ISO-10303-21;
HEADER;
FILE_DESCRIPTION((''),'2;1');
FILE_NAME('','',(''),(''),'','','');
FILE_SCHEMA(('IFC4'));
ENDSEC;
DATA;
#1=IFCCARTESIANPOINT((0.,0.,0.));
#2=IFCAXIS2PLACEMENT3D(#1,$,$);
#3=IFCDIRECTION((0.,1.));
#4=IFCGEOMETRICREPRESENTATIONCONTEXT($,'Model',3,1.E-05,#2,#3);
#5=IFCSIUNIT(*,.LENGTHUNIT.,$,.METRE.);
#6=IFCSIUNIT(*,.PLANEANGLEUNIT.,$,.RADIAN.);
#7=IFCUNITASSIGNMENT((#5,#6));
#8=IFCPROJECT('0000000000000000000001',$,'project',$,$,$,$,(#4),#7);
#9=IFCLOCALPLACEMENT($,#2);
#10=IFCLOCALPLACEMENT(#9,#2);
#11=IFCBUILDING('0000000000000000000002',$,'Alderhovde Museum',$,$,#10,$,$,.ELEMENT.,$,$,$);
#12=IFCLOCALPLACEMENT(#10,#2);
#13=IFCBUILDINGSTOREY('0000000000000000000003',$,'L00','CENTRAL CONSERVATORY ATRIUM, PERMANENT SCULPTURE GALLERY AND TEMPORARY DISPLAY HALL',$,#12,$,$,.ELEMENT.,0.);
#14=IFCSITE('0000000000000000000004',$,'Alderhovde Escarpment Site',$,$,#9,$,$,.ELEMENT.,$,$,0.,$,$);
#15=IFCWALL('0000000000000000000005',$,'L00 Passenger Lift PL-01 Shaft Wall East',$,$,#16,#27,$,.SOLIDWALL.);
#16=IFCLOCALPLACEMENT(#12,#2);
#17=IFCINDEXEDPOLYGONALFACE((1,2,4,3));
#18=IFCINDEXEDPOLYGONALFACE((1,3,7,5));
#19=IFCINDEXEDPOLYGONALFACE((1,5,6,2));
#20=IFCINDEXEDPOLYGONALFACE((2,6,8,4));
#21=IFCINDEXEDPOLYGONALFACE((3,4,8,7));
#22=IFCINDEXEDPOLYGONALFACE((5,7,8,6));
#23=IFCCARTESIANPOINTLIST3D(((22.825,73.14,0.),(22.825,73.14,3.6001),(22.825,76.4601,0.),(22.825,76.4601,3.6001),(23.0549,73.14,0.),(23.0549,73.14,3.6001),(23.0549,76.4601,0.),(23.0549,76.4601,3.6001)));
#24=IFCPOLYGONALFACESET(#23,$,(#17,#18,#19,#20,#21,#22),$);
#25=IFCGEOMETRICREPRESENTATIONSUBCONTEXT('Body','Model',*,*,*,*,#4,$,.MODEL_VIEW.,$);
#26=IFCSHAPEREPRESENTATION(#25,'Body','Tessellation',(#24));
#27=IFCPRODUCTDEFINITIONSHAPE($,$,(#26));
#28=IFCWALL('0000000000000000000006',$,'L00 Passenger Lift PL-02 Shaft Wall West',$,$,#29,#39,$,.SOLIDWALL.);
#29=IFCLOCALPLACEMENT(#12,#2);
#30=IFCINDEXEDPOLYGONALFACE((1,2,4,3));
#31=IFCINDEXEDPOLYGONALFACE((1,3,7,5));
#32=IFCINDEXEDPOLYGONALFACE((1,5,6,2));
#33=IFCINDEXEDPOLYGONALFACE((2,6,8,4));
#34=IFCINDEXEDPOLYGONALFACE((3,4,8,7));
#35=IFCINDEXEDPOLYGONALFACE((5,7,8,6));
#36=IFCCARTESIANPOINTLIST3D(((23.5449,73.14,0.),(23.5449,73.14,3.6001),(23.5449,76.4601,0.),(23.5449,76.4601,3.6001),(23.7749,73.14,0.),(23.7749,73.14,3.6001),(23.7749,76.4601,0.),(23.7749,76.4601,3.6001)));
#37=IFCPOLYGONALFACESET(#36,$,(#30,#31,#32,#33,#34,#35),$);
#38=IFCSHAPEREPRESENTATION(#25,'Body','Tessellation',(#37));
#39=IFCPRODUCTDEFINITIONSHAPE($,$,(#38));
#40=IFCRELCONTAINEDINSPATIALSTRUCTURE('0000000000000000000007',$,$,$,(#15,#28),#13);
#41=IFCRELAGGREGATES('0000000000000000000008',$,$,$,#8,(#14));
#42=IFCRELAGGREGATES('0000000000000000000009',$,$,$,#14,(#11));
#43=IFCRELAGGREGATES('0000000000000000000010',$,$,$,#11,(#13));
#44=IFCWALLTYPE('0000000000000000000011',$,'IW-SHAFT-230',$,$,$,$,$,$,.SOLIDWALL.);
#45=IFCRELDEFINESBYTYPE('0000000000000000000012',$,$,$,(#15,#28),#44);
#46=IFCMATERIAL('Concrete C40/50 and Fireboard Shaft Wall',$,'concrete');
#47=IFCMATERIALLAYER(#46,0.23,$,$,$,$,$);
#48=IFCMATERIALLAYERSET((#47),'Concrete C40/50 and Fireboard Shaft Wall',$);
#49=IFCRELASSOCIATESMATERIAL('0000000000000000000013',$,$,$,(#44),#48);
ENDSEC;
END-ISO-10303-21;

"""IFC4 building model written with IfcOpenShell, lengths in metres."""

from ifc_helpers import new_model, si_unit, direction, frame, frame_2d, origin, place, context, subcontext, project, spatial, rectangle, extrude, material, layer, layer_set, type_object, element, save


model = new_model("IFC4")

# Units and contexts
model_context = context("Model", 3, precision=1e-05, world=origin(), true_north=direction((0.0, 1.0)))
body_context = subcontext(model_context, "Body", "Model", "MODEL_VIEW")
ifc_project = project(units=[si_unit("LENGTHUNIT", "METRE"), si_unit("PLANEANGLEUNIT", "RADIAN")], contexts=[model_context])

# Site, building, storey
site_placement = place(None, origin())
site = spatial("IfcSite", under=ifc_project, at=site_placement, Name="Alderhovde Escarpment Site", CompositionType="ELEMENT", RefElevation=0.0)
building_placement = place(site_placement, origin())
building = spatial("IfcBuilding", under=site, at=building_placement, Name="Alderhovde Museum", CompositionType="ELEMENT")
storey_placement = place(building_placement, origin())
storey = spatial("IfcBuildingStorey", under=building, at=storey_placement, Name="L00", Description="CENTRAL CONSERVATORY ATRIUM, PERMANENT SCULPTURE GALLERY AND TEMPORARY DISPLAY HALL", CompositionType="ELEMENT", Elevation=0.0)

# Shared definitions
ifc_material_1 = material(Name="Concrete C40/50 and Fireboard Shaft Wall", Category="concrete")
ifc_layer_1 = layer(ifc_material_1, 0.23)
ifc_layer_set_1 = layer_set([ifc_layer_1], Name="Concrete C40/50 and Fireboard Shaft Wall")
wall_type = type_object("IfcWallType", Name="IW-SHAFT-230", PredefinedType="SOLIDWALL", material=ifc_layer_set_1)

# Walls
for number, where, z_axis, x_axis, name in (
    (1, (22.9399, 73.1399, 0.0), (0.0, 0.0, 1.0), (0.0, 1.0, 0.0), "L00 Passenger Lift PL-01 Shaft Wall East"),
    (2, (23.6599, 73.1399, 0.0), (0.0, 0.0, 1.0), (0.0, 1.0, 0.0), "L00 Passenger Lift PL-02 Shaft Wall West"),
):
    element("IfcWall", number, at=place(storey_placement, frame(where, z_axis=z_axis, x_axis=x_axis)), inside=storey, type_object=wall_type, Name=name, PredefinedType="SOLIDWALL", context=body_context, shape_type="SweptSolid", body=[
        extrude(rectangle(XDim=3.3201, YDim=0.23, at=frame_2d((1.6602, 0.0))), origin(), (0.0, 0.0, 1.0), 3.6001),
    ])

save(model, "model.ifc")
